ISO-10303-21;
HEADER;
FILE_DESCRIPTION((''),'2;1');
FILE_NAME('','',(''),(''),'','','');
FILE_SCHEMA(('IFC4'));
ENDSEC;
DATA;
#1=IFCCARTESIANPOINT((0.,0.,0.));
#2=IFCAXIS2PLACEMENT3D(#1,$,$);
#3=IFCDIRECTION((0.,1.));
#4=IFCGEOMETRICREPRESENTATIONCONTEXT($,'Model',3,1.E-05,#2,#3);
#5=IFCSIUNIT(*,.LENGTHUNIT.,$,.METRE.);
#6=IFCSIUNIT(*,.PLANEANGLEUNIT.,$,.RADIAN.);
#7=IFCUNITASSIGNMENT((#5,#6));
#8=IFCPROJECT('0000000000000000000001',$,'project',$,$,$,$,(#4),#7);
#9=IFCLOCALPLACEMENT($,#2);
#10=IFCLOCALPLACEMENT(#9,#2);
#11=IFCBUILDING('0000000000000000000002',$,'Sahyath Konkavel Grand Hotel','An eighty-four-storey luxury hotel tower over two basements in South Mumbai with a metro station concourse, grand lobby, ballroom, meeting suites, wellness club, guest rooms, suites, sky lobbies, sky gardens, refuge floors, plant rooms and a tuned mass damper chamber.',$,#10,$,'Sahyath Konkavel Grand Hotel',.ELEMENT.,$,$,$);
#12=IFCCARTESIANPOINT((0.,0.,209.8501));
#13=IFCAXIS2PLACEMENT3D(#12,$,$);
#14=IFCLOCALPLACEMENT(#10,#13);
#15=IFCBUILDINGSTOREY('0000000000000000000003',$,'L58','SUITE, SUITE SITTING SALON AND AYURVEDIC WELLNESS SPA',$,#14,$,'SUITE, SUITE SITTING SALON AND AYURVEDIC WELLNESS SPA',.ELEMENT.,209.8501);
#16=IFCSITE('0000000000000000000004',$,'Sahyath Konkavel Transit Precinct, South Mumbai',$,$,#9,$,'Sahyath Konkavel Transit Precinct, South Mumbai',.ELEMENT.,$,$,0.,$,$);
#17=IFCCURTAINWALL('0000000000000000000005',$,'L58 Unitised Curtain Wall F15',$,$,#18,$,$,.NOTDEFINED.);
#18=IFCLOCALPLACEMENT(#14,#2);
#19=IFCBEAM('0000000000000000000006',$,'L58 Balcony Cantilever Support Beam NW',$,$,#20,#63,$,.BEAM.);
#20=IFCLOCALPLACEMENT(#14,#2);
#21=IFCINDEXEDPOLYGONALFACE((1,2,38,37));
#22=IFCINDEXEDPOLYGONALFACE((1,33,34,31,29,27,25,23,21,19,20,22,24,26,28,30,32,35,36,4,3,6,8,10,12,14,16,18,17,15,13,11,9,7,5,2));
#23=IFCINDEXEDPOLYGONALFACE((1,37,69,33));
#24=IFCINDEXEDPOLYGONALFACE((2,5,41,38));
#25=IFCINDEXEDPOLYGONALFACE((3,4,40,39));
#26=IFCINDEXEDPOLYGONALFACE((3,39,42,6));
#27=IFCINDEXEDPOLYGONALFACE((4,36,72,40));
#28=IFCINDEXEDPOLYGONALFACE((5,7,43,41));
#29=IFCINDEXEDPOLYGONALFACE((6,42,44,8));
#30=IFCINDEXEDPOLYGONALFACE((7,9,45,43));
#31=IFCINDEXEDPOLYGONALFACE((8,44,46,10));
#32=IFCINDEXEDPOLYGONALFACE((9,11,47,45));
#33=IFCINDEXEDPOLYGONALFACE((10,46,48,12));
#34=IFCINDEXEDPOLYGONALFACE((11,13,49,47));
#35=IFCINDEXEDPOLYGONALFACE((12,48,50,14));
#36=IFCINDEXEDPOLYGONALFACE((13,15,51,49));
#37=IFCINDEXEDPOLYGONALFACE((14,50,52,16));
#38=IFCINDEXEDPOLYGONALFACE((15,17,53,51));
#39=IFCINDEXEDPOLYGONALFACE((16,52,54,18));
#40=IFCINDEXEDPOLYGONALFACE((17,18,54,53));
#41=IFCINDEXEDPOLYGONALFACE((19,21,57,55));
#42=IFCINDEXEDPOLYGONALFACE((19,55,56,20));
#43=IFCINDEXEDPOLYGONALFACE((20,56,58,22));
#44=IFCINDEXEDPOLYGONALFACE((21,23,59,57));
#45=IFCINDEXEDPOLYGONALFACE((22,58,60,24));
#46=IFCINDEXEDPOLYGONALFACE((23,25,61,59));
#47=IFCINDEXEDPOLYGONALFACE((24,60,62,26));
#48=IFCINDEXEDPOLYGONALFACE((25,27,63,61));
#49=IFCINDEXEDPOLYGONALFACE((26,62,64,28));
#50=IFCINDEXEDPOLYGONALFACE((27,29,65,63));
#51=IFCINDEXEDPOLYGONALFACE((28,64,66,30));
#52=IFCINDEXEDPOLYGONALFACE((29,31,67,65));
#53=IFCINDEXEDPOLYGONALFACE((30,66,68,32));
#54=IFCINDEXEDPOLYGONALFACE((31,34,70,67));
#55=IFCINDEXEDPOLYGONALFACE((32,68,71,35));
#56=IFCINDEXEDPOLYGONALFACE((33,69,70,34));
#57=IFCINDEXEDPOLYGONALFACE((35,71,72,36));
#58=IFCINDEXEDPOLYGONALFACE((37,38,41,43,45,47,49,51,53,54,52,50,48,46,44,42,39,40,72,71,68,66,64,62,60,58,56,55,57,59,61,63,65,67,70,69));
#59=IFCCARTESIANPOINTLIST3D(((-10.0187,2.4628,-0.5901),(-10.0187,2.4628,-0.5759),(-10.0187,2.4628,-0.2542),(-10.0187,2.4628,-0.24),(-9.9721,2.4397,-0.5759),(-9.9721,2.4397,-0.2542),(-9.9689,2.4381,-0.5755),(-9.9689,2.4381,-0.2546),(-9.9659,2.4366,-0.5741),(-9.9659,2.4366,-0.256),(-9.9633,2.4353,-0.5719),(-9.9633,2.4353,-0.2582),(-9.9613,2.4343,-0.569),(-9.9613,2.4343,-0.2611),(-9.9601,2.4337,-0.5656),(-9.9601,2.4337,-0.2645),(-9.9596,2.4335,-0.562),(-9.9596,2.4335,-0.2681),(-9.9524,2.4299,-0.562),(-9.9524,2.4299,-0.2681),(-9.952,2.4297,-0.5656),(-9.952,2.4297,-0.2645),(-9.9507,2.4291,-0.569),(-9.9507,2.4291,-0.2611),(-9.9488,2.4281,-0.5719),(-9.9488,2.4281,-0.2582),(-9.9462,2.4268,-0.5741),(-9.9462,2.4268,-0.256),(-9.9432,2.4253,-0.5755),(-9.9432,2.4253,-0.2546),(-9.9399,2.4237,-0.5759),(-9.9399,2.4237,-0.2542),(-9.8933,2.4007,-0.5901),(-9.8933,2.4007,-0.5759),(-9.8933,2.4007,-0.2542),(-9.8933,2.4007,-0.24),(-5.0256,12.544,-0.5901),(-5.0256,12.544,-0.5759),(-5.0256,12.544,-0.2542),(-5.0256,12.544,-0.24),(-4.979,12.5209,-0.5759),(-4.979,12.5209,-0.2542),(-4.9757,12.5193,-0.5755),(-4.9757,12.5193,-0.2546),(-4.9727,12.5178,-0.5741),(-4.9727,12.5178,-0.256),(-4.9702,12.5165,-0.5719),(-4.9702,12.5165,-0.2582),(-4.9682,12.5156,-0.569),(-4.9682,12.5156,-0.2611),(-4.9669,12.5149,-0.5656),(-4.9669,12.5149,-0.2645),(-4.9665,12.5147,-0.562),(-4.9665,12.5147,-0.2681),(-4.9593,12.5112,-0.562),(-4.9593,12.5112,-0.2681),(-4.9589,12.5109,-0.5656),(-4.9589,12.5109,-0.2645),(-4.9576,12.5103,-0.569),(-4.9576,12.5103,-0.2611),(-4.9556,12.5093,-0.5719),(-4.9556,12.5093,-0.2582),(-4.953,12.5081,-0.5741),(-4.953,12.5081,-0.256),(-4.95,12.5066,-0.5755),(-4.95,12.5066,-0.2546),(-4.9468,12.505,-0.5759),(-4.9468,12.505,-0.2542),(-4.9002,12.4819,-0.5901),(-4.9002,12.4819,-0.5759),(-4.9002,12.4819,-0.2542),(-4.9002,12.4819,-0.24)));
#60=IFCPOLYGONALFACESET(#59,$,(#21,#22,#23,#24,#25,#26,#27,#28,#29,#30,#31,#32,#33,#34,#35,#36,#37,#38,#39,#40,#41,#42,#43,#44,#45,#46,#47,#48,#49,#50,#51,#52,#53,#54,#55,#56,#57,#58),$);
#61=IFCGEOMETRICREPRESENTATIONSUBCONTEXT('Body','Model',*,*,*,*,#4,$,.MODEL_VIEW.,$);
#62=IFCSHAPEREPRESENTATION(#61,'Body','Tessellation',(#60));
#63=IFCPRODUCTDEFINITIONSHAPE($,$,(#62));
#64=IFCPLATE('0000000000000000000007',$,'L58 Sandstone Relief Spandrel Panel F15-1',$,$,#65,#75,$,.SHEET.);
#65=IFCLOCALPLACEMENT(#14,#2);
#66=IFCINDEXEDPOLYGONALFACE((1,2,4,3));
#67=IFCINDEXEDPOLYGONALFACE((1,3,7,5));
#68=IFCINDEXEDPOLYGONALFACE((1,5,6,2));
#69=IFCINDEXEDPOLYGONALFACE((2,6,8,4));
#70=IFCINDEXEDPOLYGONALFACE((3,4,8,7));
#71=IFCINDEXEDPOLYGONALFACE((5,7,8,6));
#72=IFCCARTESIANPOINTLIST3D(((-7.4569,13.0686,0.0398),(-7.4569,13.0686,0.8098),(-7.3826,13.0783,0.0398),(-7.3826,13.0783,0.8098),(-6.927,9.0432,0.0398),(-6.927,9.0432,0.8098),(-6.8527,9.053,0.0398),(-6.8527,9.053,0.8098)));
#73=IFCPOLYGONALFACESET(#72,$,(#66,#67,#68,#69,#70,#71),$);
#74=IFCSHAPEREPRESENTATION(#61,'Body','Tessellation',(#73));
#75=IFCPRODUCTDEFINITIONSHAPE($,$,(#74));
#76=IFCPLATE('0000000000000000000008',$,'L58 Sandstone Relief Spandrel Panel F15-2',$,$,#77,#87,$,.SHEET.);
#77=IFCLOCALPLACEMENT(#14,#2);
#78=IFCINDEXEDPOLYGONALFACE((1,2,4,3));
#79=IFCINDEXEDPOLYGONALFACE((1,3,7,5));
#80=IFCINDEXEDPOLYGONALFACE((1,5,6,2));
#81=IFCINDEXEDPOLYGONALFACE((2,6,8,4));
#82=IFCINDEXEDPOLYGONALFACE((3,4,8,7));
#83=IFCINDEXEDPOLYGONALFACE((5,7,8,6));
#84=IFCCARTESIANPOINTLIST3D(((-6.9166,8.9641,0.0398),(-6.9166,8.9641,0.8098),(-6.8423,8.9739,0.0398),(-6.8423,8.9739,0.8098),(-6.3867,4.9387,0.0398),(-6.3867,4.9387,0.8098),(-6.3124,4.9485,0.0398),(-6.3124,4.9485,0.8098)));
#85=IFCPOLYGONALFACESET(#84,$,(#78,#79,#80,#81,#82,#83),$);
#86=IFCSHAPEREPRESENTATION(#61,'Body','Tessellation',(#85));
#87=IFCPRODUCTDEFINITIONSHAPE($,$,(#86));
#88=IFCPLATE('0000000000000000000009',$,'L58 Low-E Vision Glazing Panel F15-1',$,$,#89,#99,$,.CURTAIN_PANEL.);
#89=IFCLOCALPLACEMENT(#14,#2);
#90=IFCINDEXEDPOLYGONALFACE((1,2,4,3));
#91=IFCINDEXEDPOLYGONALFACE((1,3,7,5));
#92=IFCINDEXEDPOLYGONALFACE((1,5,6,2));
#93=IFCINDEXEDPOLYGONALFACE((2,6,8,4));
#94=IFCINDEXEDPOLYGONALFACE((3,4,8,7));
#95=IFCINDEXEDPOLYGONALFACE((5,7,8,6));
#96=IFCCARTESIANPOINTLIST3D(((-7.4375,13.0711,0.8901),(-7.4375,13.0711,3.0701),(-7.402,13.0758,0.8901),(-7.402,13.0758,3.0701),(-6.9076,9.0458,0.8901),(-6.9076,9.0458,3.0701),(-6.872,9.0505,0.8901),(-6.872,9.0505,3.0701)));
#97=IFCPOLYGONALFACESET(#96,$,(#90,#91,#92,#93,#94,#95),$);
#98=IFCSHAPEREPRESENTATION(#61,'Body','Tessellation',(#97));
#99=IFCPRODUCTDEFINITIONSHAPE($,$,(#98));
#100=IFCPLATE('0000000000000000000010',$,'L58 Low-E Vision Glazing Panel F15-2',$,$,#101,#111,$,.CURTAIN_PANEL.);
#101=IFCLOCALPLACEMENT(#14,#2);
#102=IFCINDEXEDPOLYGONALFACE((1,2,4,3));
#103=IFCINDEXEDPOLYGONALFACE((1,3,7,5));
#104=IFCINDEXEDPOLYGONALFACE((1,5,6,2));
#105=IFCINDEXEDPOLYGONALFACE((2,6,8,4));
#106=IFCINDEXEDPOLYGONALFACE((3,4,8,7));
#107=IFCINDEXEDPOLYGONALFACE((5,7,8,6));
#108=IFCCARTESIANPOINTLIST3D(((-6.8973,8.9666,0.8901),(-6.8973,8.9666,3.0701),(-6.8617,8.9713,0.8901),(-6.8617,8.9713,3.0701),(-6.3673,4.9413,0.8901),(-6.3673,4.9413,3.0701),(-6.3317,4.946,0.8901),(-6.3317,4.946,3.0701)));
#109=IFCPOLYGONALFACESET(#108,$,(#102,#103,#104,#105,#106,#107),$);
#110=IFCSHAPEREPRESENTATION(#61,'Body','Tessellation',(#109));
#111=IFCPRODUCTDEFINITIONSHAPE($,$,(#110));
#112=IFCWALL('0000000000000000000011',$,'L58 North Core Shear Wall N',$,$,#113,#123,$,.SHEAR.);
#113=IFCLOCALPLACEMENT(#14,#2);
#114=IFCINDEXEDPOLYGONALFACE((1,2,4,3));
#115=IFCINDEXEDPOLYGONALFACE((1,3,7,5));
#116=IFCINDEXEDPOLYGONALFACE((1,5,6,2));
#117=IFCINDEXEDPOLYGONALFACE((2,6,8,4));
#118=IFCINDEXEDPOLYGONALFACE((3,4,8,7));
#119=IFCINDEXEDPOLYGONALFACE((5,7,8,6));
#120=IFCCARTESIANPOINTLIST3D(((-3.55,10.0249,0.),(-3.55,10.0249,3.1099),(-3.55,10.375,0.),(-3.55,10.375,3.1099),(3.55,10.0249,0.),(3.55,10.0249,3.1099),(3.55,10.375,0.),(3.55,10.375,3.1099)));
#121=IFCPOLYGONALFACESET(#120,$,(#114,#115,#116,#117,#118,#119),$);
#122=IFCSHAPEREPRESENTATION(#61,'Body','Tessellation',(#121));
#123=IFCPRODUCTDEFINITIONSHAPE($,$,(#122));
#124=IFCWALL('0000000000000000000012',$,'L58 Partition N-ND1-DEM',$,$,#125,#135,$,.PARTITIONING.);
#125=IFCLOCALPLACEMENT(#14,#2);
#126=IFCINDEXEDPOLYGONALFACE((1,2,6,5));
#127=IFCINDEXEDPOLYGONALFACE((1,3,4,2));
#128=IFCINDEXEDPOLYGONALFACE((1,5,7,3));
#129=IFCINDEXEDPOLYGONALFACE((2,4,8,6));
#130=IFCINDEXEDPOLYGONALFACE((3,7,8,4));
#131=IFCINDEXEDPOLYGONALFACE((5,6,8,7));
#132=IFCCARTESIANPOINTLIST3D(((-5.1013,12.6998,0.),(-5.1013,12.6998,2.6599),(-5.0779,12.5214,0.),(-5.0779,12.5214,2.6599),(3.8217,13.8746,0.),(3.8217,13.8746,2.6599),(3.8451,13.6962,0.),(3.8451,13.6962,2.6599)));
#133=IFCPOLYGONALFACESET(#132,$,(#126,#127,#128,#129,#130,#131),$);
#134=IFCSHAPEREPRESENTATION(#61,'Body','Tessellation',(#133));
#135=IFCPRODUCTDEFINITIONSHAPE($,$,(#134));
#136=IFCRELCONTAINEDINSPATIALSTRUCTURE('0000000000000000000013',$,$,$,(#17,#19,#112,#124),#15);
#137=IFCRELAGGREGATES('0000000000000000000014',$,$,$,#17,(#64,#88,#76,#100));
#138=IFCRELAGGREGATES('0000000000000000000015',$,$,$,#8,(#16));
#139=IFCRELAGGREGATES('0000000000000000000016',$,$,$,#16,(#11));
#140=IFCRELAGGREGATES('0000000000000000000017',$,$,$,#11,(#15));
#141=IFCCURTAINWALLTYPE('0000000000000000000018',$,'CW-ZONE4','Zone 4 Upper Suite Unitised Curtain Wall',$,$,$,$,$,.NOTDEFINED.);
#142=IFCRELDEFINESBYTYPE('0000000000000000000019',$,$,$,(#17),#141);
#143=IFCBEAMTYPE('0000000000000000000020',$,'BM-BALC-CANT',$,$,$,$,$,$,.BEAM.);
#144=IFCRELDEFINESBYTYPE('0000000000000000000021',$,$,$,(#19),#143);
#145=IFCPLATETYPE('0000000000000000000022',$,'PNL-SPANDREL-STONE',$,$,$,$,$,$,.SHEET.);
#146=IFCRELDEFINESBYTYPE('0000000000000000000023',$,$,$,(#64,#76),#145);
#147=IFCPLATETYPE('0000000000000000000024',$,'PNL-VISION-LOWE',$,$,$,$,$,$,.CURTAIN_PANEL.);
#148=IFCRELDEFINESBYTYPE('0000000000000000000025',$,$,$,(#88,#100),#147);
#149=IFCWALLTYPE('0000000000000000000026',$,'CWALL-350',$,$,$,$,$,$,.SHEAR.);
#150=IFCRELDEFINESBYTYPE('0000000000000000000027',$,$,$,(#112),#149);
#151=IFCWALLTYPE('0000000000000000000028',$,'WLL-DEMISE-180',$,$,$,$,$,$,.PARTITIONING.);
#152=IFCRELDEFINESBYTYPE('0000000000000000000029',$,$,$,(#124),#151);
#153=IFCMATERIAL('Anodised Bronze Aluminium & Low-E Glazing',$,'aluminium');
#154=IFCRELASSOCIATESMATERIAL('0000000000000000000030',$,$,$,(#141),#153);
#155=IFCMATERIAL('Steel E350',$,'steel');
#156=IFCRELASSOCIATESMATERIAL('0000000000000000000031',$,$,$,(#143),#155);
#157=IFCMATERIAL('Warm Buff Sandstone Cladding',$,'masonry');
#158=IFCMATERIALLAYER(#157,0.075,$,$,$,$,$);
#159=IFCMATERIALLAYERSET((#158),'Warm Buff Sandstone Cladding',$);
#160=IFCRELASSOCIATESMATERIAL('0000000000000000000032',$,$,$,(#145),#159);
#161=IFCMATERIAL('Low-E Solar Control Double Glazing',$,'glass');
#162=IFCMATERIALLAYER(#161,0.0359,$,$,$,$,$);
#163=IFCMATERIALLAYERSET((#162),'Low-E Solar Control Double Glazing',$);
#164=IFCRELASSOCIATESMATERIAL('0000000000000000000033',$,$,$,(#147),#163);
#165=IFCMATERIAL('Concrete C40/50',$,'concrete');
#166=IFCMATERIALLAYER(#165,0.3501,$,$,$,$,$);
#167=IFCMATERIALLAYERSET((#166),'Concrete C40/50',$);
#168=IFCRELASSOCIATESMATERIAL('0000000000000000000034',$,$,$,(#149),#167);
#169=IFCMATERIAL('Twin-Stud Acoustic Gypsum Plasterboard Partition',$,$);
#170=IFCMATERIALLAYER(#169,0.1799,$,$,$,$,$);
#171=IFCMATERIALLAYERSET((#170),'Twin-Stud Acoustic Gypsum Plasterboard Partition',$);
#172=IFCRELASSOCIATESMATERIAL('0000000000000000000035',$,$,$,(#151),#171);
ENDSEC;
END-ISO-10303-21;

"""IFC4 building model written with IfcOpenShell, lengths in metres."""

from ifc_helpers import new_model, si_unit, direction, frame, frame_2d, origin, origin_2d, place, context, subcontext, project, spatial, rectangle, i_section, extrude, source, transform, mapped, material, layer, layer_set, material_profile, profile_set, type_object, element, aggregate, save


model = new_model("IFC4")

# Units and contexts
model_context = context("Model", 3, precision=1e-05, world=origin(), true_north=direction((0.0, 1.0)))
body_context = subcontext(model_context, "Body", "Model", "MODEL_VIEW")
ifc_project = project(units=[si_unit("LENGTHUNIT", "METRE"), si_unit("PLANEANGLEUNIT", "RADIAN")], contexts=[model_context])

# Site, building, storey
site_placement = place(None, origin())
site = spatial("IfcSite", under=ifc_project, at=site_placement, Name="Sahyath Konkavel Transit Precinct, South Mumbai", LongName="Sahyath Konkavel Transit Precinct, South Mumbai", CompositionType="ELEMENT", RefElevation=0.0)
building_placement = place(site_placement, origin())
building = spatial("IfcBuilding", under=site, at=building_placement, Name="Sahyath Konkavel Grand Hotel", Description="An eighty-four-storey luxury hotel tower over two basements in South Mumbai with a metro station concourse, grand lobby, ballroom, meeting suites, wellness club, guest rooms, suites, sky lobbies, sky gardens, refuge floors, plant rooms and a tuned mass damper chamber.", LongName="Sahyath Konkavel Grand Hotel", CompositionType="ELEMENT")
storey_placement = place(building_placement, frame((0.0, 0.0, 209.8501)))
storey = spatial("IfcBuildingStorey", under=building, at=storey_placement, Name="L58", Description="SUITE, SUITE SITTING SALON AND AYURVEDIC WELLNESS SPA", LongName="SUITE, SUITE SITTING SALON AND AYURVEDIC WELLNESS SPA", CompositionType="ELEMENT", Elevation=209.8501)

# Shared definitions
ifc_material_1 = material(Name="Steel E350", Category="steel")

# Curtain wall
ifc_material_2 = material(Name="Anodised Bronze Aluminium & Low-E Glazing", Category="aluminium")
curtain_wall_type = type_object("IfcCurtainWallType", Name="CW-ZONE4", Description="Zone 4 Upper Suite Unitised Curtain Wall", PredefinedType="NOTDEFINED", material=ifc_material_2)
curtain_wall_placement = place(storey_placement, origin())
curtain_wall = element("IfcCurtainWall", 1, at=curtain_wall_placement, inside=storey, type_object=curtain_wall_type, Name="L58 Unitised Curtain Wall F15", PredefinedType="NOTDEFINED")

# Beam
ifc_material_profile_1 = material_profile(ifc_material_1, i_section(OverallWidth=0.1399, OverallDepth=0.3501, WebThickness=0.0081, FlangeThickness=0.0142, FilletRadius=0.0139, at=origin_2d()), Name="ISMB 350")
ifc_profile_set_1 = profile_set([ifc_material_profile_1], Name="Steel E350")
beam_type_1 = type_object("IfcBeamType", Name="BM-BALC-CANT", PredefinedType="BEAM", material=ifc_profile_set_1)
shared_shape_1 = source(origin(), body_context, "Body", "SweptSolid", [
    extrude(i_section(OverallWidth=0.1399, OverallDepth=0.3501, WebThickness=0.0081, FlangeThickness=0.0142, FilletRadius=0.0139, at=origin_2d()), origin(), (0.0, 0.0, 1.0), 11.25),
])
beam_1_placement = place(storey_placement, frame((-4.9629, 12.5129, -0.415), z_axis=(-0.443834, -0.896109, 0.0), x_axis=(0.896109, -0.443834, 0.0)))
element("IfcBeam", 2, at=beam_1_placement, inside=storey, type_object=beam_type_1, Name="L58 Balcony Cantilever Support Beam NW", PredefinedType="BEAM", context=body_context, shape_type="MappedRepresentation", body=[
    mapped(shared_shape_1, transform((0.0, 0.0, 0.0), scale=1.0)),
])

# Plates
ifc_material_3 = material(Name="Warm Buff Sandstone Cladding", Category="masonry")
ifc_layer_1 = layer(ifc_material_3, 0.075)
ifc_layer_set_1 = layer_set([ifc_layer_1], Name="Warm Buff Sandstone Cladding")
plate_type_1 = type_object("IfcPlateType", Name="PNL-SPANDREL-STONE", PredefinedType="SHEET", material=ifc_layer_set_1)
shared_shape_2 = source(origin(), body_context, "Body", "SweptSolid", [
    extrude(rectangle(XDim=4.0601, YDim=0.075, at=origin_2d()), origin(), (0.0, 0.0, 1.0), 0.77),
])
plate_1_placement = place(storey_placement, frame((-7.1548, 11.0608, 0.0398), z_axis=(0.0, 0.0, 1.0), x_axis=(0.130526, -0.991445, 0.0)))
plate_1 = element("IfcPlate", 3, at=plate_1_placement, type_object=plate_type_1, Name="L58 Sandstone Relief Spandrel Panel F15-1", PredefinedType="SHEET", context=body_context, shape_type="MappedRepresentation", body=[
    mapped(shared_shape_2, transform((0.0, 0.0, 0.0), scale=1.0)),
])
plate_2_placement = place(storey_placement, frame((-6.6145, 6.9563, 0.0398), z_axis=(0.0, 0.0, 1.0), x_axis=(0.130526, -0.991445, 0.0)))
plate_2 = element("IfcPlate", 4, at=plate_2_placement, type_object=plate_type_1, Name="L58 Sandstone Relief Spandrel Panel F15-2", PredefinedType="SHEET", context=body_context, shape_type="MappedRepresentation", body=[
    mapped(shared_shape_2, transform((0.0, 0.0, 0.0), scale=1.0)),
])
ifc_material_4 = material(Name="Low-E Solar Control Double Glazing", Category="glass")
ifc_layer_2 = layer(ifc_material_4, 0.0359)
ifc_layer_set_2 = layer_set([ifc_layer_2], Name="Low-E Solar Control Double Glazing")
plate_type_2 = type_object("IfcPlateType", Name="PNL-VISION-LOWE", PredefinedType="CURTAIN_PANEL", material=ifc_layer_set_2)
shared_shape_3 = source(origin(), body_context, "Body", "SweptSolid", [
    extrude(rectangle(XDim=4.0601, YDim=0.0359, at=origin_2d()), origin(), (0.0, 0.0, 1.0), 2.1799),
])
plate_3_placement = place(storey_placement, frame((-7.1548, 11.0608, 0.8901), z_axis=(0.0, 0.0, 1.0), x_axis=(0.130526, -0.991445, 0.0)))
plate_3 = element("IfcPlate", 5, at=plate_3_placement, type_object=plate_type_2, Name="L58 Low-E Vision Glazing Panel F15-1", PredefinedType="CURTAIN_PANEL", context=body_context, shape_type="MappedRepresentation", body=[
    mapped(shared_shape_3, transform((0.0, 0.0, 0.0), scale=1.0)),
])
plate_4_placement = place(storey_placement, frame((-6.6145, 6.9563, 0.8901), z_axis=(0.0, 0.0, 1.0), x_axis=(0.130526, -0.991445, 0.0)))
plate_4 = element("IfcPlate", 6, at=plate_4_placement, type_object=plate_type_2, Name="L58 Low-E Vision Glazing Panel F15-2", PredefinedType="CURTAIN_PANEL", context=body_context, shape_type="MappedRepresentation", body=[
    mapped(shared_shape_3, transform((0.0, 0.0, 0.0), scale=1.0)),
])
aggregate(curtain_wall, [plate_1, plate_3, plate_2, plate_4])

# Walls
ifc_material_5 = material(Name="Concrete C40/50", Category="concrete")
ifc_layer_3 = layer(ifc_material_5, 0.3501)
ifc_layer_set_3 = layer_set([ifc_layer_3], Name="Concrete C40/50")
wall_type_1 = type_object("IfcWallType", Name="CWALL-350", PredefinedType="SHEAR", material=ifc_layer_set_3)
wall_1_placement = place(storey_placement, frame((-3.55, 10.2, 0.0), z_axis=(0.0, 0.0, 1.0), x_axis=(1.0, 0.0, 0.0)))
element("IfcWall", 7, at=wall_1_placement, inside=storey, type_object=wall_type_1, Name="L58 North Core Shear Wall N", PredefinedType="SHEAR", context=body_context, shape_type="SweptSolid", body=[
    extrude(rectangle(XDim=7.1001, YDim=0.3501, at=frame_2d((3.55, 0.0))), origin(), (0.0, 0.0, 1.0), 3.1099),
])
ifc_material_6 = material(Name="Twin-Stud Acoustic Gypsum Plasterboard Partition")
ifc_layer_4 = layer(ifc_material_6, 0.1799)
ifc_layer_set_4 = layer_set([ifc_layer_4], Name="Twin-Stud Acoustic Gypsum Plasterboard Partition")
wall_type_2 = type_object("IfcWallType", Name="WLL-DEMISE-180", PredefinedType="PARTITIONING", material=ifc_layer_set_4)
wall_2_placement = place(storey_placement, frame((-5.0896, 12.6106, 0.0), z_axis=(0.0, 0.0, 1.0), x_axis=(0.991444, 0.130532, 0.0)))
element("IfcWall", 8, at=wall_2_placement, inside=storey, type_object=wall_type_2, Name="L58 Partition N-ND1-DEM", PredefinedType="PARTITIONING", context=body_context, shape_type="SweptSolid", body=[
    extrude(rectangle(XDim=9.0, YDim=0.1799, at=frame_2d((4.5, 0.0))), origin(), (0.0, 0.0, 1.0), 2.6599),
])

save(model, "model.ifc")
